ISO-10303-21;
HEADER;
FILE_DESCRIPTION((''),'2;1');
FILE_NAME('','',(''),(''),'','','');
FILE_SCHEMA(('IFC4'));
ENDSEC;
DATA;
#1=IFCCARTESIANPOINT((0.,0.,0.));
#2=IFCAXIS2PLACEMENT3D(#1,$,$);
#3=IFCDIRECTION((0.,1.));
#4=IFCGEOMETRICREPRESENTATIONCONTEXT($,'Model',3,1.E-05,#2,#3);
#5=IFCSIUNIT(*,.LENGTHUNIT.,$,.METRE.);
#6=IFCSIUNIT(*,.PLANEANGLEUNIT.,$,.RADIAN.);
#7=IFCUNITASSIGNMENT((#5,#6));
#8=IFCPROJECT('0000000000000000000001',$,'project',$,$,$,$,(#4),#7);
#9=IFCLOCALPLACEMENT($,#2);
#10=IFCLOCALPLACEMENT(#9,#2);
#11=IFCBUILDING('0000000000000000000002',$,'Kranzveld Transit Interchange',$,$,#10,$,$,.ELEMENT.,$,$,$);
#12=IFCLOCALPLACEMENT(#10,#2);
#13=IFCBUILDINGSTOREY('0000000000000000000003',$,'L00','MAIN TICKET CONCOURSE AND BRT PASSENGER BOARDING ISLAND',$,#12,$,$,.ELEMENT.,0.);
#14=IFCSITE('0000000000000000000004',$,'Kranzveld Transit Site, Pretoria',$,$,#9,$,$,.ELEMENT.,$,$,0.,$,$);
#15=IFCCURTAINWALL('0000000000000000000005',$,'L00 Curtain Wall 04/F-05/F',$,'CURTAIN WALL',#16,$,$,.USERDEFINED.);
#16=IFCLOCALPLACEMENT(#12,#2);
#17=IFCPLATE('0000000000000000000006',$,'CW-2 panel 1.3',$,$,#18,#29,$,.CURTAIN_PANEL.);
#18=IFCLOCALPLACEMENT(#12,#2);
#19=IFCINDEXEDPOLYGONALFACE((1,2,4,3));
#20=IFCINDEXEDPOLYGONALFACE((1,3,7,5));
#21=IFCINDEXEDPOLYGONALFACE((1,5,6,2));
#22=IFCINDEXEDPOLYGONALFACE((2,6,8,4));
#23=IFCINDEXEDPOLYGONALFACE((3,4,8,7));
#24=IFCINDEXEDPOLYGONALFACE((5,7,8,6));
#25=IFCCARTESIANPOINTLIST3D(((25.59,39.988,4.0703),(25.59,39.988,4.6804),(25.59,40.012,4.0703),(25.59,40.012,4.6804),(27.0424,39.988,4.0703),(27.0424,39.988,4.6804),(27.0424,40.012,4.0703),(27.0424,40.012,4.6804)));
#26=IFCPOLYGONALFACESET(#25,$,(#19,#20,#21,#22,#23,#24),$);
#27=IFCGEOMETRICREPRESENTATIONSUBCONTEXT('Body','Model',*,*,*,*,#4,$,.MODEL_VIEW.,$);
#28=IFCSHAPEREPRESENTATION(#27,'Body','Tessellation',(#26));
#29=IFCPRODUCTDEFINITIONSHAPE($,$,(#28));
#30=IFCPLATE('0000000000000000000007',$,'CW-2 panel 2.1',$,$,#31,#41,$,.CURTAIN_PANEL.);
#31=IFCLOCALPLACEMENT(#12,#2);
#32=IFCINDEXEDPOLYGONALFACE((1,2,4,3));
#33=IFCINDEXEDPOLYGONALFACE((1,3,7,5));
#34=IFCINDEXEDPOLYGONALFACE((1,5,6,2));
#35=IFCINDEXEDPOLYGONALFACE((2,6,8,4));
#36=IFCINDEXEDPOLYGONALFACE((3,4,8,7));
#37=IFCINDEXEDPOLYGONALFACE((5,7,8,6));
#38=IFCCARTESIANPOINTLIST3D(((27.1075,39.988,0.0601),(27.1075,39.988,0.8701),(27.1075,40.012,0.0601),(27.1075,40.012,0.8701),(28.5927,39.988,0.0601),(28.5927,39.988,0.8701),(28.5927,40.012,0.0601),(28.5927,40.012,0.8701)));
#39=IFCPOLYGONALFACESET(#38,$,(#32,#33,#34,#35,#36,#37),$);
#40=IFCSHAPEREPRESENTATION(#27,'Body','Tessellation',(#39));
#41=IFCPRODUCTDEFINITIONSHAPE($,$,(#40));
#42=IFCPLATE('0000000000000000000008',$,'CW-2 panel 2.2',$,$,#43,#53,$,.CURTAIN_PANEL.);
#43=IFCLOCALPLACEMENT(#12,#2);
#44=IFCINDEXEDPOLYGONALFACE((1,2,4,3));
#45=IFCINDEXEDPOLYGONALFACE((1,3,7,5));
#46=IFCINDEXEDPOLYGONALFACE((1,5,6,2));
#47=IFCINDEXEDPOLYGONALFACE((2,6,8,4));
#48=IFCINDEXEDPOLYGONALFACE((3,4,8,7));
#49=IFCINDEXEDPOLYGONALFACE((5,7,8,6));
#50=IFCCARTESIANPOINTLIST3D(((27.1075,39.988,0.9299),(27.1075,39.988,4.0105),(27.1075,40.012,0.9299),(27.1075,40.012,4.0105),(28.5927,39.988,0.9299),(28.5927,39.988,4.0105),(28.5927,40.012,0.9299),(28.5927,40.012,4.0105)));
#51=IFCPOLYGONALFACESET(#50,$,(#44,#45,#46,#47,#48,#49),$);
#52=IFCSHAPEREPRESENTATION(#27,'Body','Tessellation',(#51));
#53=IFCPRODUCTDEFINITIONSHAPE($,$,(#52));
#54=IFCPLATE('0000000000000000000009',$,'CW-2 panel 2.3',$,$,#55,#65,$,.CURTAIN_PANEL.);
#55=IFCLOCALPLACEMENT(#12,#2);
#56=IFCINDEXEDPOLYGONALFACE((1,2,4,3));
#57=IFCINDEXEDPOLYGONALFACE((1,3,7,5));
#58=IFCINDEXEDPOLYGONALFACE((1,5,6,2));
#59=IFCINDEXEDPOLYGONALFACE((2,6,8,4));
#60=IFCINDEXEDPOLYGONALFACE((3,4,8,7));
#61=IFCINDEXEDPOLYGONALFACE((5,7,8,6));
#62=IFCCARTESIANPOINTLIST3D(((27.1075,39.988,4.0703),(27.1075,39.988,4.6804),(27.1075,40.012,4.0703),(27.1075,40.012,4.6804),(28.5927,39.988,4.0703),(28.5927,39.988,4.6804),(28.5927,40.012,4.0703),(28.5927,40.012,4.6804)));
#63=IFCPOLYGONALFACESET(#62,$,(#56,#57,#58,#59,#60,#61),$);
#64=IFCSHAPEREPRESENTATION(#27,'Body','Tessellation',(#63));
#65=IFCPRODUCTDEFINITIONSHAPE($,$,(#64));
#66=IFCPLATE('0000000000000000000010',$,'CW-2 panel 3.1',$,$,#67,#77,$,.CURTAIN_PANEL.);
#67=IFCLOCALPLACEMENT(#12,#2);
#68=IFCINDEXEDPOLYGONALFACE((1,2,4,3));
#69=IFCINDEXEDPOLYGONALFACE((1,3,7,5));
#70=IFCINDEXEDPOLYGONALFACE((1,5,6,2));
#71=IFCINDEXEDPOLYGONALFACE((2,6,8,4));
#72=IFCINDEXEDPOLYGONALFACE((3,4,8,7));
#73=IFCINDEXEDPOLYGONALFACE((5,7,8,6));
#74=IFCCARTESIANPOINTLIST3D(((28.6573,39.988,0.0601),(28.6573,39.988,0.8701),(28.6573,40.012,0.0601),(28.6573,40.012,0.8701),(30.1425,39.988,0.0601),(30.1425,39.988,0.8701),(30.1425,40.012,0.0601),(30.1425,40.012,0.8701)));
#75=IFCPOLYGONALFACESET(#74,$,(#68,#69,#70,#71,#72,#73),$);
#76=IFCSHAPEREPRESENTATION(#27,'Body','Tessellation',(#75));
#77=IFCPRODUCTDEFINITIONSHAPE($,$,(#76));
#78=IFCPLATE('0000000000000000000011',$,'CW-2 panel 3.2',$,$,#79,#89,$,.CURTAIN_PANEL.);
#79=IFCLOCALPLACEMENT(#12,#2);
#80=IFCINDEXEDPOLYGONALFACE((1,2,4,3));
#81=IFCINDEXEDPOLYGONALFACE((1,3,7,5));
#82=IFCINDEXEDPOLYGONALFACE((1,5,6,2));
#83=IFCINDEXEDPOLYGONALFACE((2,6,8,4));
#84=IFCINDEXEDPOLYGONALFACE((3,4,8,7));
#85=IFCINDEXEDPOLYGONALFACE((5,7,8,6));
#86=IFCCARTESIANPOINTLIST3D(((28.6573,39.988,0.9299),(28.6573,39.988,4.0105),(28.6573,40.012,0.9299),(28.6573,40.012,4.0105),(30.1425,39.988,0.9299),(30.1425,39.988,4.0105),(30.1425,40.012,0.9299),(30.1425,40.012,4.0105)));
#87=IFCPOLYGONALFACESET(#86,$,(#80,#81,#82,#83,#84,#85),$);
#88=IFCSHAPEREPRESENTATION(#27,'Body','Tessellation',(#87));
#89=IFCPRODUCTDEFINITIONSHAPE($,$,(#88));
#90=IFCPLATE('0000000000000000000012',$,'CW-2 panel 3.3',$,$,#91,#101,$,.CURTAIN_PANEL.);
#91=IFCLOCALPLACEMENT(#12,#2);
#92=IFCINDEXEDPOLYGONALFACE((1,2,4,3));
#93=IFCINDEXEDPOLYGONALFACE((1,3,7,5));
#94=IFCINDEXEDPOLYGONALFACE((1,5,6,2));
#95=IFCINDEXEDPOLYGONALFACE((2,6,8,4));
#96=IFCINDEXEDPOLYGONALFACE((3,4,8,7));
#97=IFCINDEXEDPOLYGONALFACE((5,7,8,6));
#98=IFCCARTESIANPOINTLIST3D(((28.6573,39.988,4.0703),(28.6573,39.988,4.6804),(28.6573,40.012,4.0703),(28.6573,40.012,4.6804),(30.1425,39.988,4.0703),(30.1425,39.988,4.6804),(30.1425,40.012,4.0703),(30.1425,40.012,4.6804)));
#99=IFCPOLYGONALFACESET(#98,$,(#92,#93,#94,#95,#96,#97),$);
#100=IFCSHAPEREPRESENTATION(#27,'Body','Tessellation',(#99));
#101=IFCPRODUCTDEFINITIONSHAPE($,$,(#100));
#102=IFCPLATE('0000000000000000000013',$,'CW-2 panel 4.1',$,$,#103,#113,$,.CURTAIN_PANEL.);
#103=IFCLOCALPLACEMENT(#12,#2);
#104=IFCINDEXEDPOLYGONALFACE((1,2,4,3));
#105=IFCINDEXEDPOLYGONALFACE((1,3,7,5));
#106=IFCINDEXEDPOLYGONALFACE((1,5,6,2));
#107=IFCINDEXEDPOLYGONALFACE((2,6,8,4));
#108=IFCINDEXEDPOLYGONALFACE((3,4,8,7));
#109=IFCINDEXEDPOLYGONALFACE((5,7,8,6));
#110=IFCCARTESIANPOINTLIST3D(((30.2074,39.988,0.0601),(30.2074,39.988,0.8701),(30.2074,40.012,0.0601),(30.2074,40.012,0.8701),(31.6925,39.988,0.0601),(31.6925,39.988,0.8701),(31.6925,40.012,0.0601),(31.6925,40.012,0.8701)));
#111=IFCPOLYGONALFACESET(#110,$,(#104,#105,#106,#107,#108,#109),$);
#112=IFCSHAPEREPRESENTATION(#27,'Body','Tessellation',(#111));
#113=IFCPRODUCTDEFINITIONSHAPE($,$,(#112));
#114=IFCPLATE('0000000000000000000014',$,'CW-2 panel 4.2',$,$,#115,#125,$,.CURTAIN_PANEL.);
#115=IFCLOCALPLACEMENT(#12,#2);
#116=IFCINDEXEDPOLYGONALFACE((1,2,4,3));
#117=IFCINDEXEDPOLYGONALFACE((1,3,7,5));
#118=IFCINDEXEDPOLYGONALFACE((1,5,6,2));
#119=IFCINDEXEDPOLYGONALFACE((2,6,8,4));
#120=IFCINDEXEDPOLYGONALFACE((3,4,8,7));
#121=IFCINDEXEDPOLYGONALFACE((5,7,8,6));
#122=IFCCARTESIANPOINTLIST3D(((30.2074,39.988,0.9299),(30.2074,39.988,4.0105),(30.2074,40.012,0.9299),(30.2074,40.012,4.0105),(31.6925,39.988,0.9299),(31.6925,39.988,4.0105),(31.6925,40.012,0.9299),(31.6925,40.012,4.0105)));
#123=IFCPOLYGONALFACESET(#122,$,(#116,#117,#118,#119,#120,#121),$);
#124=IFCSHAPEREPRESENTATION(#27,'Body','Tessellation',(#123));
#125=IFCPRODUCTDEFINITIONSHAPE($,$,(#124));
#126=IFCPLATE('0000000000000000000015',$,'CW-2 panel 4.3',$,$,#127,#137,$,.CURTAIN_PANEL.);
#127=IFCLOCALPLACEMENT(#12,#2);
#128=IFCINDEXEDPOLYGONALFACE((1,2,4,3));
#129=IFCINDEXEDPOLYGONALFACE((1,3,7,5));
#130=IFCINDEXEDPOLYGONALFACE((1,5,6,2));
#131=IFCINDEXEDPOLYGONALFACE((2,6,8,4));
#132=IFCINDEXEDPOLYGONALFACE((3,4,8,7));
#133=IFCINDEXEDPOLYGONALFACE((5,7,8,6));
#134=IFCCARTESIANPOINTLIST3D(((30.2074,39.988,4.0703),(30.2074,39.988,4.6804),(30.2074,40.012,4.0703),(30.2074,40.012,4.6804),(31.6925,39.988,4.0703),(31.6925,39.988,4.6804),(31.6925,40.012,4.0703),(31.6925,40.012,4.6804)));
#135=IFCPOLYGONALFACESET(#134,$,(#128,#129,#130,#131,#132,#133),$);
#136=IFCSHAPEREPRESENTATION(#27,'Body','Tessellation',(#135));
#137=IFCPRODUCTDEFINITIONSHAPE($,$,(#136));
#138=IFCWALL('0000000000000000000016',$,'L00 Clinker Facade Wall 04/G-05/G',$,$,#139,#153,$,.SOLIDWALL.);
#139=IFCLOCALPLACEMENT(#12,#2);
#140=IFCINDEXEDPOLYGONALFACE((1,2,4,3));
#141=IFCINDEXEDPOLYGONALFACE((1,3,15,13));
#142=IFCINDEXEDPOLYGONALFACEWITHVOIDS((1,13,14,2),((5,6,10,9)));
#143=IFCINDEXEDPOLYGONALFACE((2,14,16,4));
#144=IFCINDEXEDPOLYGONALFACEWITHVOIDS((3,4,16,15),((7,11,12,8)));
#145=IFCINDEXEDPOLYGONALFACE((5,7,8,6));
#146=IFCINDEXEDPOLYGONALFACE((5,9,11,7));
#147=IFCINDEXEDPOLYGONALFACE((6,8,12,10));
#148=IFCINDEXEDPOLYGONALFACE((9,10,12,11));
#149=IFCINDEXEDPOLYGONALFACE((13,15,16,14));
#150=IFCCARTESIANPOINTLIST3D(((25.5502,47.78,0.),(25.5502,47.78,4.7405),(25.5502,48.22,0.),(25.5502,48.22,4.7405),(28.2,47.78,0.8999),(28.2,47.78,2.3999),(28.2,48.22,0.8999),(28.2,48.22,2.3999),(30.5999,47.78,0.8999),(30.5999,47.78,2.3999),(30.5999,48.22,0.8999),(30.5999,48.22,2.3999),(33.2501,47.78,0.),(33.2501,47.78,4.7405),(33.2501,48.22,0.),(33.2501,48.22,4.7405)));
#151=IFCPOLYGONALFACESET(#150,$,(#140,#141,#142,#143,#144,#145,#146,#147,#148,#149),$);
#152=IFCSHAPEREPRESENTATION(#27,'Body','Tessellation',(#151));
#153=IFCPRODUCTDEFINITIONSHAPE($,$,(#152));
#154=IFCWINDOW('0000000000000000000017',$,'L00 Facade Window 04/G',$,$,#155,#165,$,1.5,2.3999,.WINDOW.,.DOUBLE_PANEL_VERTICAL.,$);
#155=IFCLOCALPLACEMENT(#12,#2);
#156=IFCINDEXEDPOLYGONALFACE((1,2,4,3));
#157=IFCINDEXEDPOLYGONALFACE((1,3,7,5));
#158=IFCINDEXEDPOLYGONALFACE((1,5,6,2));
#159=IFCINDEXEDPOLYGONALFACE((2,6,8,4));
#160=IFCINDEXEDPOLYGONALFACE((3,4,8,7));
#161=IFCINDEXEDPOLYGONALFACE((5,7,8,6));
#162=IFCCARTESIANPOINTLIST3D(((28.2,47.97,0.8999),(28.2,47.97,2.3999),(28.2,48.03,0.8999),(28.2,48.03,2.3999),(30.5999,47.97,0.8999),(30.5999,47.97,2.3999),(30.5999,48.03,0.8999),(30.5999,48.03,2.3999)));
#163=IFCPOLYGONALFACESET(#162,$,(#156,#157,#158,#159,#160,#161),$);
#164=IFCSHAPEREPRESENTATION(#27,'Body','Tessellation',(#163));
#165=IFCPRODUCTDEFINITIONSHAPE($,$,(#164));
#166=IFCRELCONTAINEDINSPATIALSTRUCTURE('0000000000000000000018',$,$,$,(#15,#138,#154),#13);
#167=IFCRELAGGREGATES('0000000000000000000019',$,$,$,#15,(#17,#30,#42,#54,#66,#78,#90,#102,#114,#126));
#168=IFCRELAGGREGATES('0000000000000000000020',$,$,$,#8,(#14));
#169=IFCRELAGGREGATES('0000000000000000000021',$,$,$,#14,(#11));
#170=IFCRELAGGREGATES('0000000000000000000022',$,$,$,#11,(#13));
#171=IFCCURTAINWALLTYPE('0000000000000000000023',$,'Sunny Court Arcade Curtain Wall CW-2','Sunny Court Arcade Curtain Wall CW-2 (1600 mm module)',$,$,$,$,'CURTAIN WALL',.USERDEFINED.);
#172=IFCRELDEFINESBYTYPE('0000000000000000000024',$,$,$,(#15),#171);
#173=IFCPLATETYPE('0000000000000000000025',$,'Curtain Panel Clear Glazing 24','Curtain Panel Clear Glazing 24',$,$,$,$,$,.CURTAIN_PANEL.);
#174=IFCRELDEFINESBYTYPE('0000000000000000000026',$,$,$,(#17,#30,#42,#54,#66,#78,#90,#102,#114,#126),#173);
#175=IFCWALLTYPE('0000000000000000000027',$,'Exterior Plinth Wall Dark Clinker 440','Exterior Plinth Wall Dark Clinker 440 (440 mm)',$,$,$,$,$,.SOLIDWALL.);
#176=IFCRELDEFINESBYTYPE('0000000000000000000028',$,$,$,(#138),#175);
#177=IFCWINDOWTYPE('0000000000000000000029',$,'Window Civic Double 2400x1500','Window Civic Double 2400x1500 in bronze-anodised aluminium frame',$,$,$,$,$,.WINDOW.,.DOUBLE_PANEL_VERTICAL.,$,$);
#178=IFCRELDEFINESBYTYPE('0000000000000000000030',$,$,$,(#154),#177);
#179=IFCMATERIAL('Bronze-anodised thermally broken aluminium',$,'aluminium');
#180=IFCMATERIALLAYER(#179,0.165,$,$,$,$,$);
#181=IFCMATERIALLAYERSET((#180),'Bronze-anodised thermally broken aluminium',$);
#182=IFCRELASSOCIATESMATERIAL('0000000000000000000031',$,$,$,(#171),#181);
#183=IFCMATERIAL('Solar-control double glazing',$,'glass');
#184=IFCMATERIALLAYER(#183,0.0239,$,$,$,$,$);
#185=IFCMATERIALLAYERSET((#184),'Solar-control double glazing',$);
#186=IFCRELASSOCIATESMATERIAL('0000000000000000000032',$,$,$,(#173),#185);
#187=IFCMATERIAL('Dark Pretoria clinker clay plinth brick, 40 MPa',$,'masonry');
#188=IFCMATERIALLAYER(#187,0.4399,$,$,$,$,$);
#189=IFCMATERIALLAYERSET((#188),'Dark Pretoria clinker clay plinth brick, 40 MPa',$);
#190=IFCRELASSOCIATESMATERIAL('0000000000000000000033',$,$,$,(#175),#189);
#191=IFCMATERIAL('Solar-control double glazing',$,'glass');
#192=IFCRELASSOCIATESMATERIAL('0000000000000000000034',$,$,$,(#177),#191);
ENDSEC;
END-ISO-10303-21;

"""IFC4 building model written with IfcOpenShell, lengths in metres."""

from ifc_helpers import new_model, si_unit, direction, frame, frame_2d, origin, origin_2d, place, context, subcontext, project, spatial, rectangle, extrude, material, layer, layer_set, type_object, element, fill, aggregate, save


model = new_model("IFC4")

# Units and contexts
model_context = context("Model", 3, precision=1e-05, world=origin(), true_north=direction((0.0, 1.0)))
body_context = subcontext(model_context, "Body", "Model", "MODEL_VIEW")
ifc_project = project(units=[si_unit("LENGTHUNIT", "METRE"), si_unit("PLANEANGLEUNIT", "RADIAN")], contexts=[model_context])

# Site, building, storey
site_placement = place(None, origin())
site = spatial("IfcSite", under=ifc_project, at=site_placement, Name="Kranzveld Transit Site, Pretoria", CompositionType="ELEMENT", RefElevation=0.0)
building_placement = place(site_placement, origin())
building = spatial("IfcBuilding", under=site, at=building_placement, Name="Kranzveld Transit Interchange", CompositionType="ELEMENT")
storey_placement = place(building_placement, origin())
storey = spatial("IfcBuildingStorey", under=building, at=storey_placement, Name="L00", Description="MAIN TICKET CONCOURSE AND BRT PASSENGER BOARDING ISLAND", CompositionType="ELEMENT", Elevation=0.0)

# Curtain wall
ifc_material_1 = material(Name="Bronze-anodised thermally broken aluminium", Category="aluminium")
ifc_layer_1 = layer(ifc_material_1, 0.165)
ifc_layer_set_1 = layer_set([ifc_layer_1], Name="Bronze-anodised thermally broken aluminium")
curtain_wall_type = type_object("IfcCurtainWallType", Name="Sunny Court Arcade Curtain Wall CW-2", Description="Sunny Court Arcade Curtain Wall CW-2 (1600 mm module)", ElementType="CURTAIN WALL", PredefinedType="USERDEFINED", material=ifc_layer_set_1)
curtain_wall_placement = place(storey_placement, origin())
curtain_wall = element("IfcCurtainWall", 1, at=curtain_wall_placement, inside=storey, type_object=curtain_wall_type, Name="L00 Curtain Wall 04/F-05/F", ObjectType="CURTAIN WALL", PredefinedType="USERDEFINED")

# Plates
ifc_material_2 = material(Name="Solar-control double glazing", Category="glass")
ifc_layer_2 = layer(ifc_material_2, 0.0239)
ifc_layer_set_2 = layer_set([ifc_layer_2], Name="Solar-control double glazing")
plate_type = type_object("IfcPlateType", Name="Curtain Panel Clear Glazing 24", Description="Curtain Panel Clear Glazing 24", PredefinedType="CURTAIN_PANEL", material=ifc_layer_set_2)
plate_1_placement = place(storey_placement, frame((26.3162, 40.0, 4.0703), z_axis=(0.0, 0.0, 1.0), x_axis=(1.0, 0.0, 0.0)))
plate_1 = element("IfcPlate", 2, at=plate_1_placement, type_object=plate_type, Name="CW-2 panel 1.3", PredefinedType="CURTAIN_PANEL", context=body_context, shape_type="SweptSolid", body=[
    extrude(rectangle(XDim=1.4524, YDim=0.0239, at=origin_2d()), origin(), (0.0, 0.0, 1.0), 0.6101),
])
plate_2_placement = place(storey_placement, frame((27.8501, 40.0, 0.0601), z_axis=(0.0, 0.0, 1.0), x_axis=(1.0, 0.0, 0.0)))
plate_2 = element("IfcPlate", 3, at=plate_2_placement, type_object=plate_type, Name="CW-2 panel 2.1", PredefinedType="CURTAIN_PANEL", context=body_context, shape_type="SweptSolid", body=[
    extrude(rectangle(XDim=1.4851, YDim=0.0239, at=origin_2d()), origin(), (0.0, 0.0, 1.0), 0.8101),
])
plate_3_placement = place(storey_placement, frame((27.8501, 40.0, 0.9299), z_axis=(0.0, 0.0, 1.0), x_axis=(1.0, 0.0, 0.0)))
plate_3 = element("IfcPlate", 4, at=plate_3_placement, type_object=plate_type, Name="CW-2 panel 2.2", PredefinedType="CURTAIN_PANEL", context=body_context, shape_type="SweptSolid", body=[
    extrude(rectangle(XDim=1.4851, YDim=0.0239, at=origin_2d()), origin(), (0.0, 0.0, 1.0), 3.0806),
])
plate_4_placement = place(storey_placement, frame((27.8501, 40.0, 4.0703), z_axis=(0.0, 0.0, 1.0), x_axis=(1.0, 0.0, 0.0)))
plate_4 = element("IfcPlate", 5, at=plate_4_placement, type_object=plate_type, Name="CW-2 panel 2.3", PredefinedType="CURTAIN_PANEL", context=body_context, shape_type="SweptSolid", body=[
    extrude(rectangle(XDim=1.4851, YDim=0.0239, at=origin_2d()), origin(), (0.0, 0.0, 1.0), 0.6101),
])
plate_5_placement = place(storey_placement, frame((29.3999, 40.0, 0.0601), z_axis=(0.0, 0.0, 1.0), x_axis=(1.0, 0.0, 0.0)))
plate_5 = element("IfcPlate", 6, at=plate_5_placement, type_object=plate_type, Name="CW-2 panel 3.1", PredefinedType="CURTAIN_PANEL", context=body_context, shape_type="SweptSolid", body=[
    extrude(rectangle(XDim=1.4851, YDim=0.0239, at=origin_2d()), origin(), (0.0, 0.0, 1.0), 0.8101),
])
plate_6_placement = place(storey_placement, frame((29.3999, 40.0, 0.9299), z_axis=(0.0, 0.0, 1.0), x_axis=(1.0, 0.0, 0.0)))
plate_6 = element("IfcPlate", 7, at=plate_6_placement, type_object=plate_type, Name="CW-2 panel 3.2", PredefinedType="CURTAIN_PANEL", context=body_context, shape_type="SweptSolid", body=[
    extrude(rectangle(XDim=1.4851, YDim=0.0239, at=origin_2d()), origin(), (0.0, 0.0, 1.0), 3.0806),
])
plate_7_placement = place(storey_placement, frame((29.3999, 40.0, 4.0703), z_axis=(0.0, 0.0, 1.0), x_axis=(1.0, 0.0, 0.0)))
plate_7 = element("IfcPlate", 8, at=plate_7_placement, type_object=plate_type, Name="CW-2 panel 3.3", PredefinedType="CURTAIN_PANEL", context=body_context, shape_type="SweptSolid", body=[
    extrude(rectangle(XDim=1.4851, YDim=0.0239, at=origin_2d()), origin(), (0.0, 0.0, 1.0), 0.6101),
])
plate_8_placement = place(storey_placement, frame((30.95, 40.0, 0.0601), z_axis=(0.0, 0.0, 1.0), x_axis=(1.0, 0.0, 0.0)))
plate_8 = element("IfcPlate", 9, at=plate_8_placement, type_object=plate_type, Name="CW-2 panel 4.1", PredefinedType="CURTAIN_PANEL", context=body_context, shape_type="SweptSolid", body=[
    extrude(rectangle(XDim=1.4851, YDim=0.0239, at=origin_2d()), origin(), (0.0, 0.0, 1.0), 0.8101),
])
plate_9_placement = place(storey_placement, frame((30.95, 40.0, 0.9299), z_axis=(0.0, 0.0, 1.0), x_axis=(1.0, 0.0, 0.0)))
plate_9 = element("IfcPlate", 10, at=plate_9_placement, type_object=plate_type, Name="CW-2 panel 4.2", PredefinedType="CURTAIN_PANEL", context=body_context, shape_type="SweptSolid", body=[
    extrude(rectangle(XDim=1.4851, YDim=0.0239, at=origin_2d()), origin(), (0.0, 0.0, 1.0), 3.0806),
])
plate_10_placement = place(storey_placement, frame((30.95, 40.0, 4.0703), z_axis=(0.0, 0.0, 1.0), x_axis=(1.0, 0.0, 0.0)))
plate_10 = element("IfcPlate", 11, at=plate_10_placement, type_object=plate_type, Name="CW-2 panel 4.3", PredefinedType="CURTAIN_PANEL", context=body_context, shape_type="SweptSolid", body=[
    extrude(rectangle(XDim=1.4851, YDim=0.0239, at=origin_2d()), origin(), (0.0, 0.0, 1.0), 0.6101),
])
aggregate(curtain_wall, [plate_1, plate_2, plate_3, plate_4, plate_5, plate_6, plate_7, plate_8, plate_9, plate_10])

# Wall, opening, window
ifc_material_3 = material(Name="Dark Pretoria clinker clay plinth brick, 40 MPa", Category="masonry")
ifc_layer_3 = layer(ifc_material_3, 0.4399)
ifc_layer_set_3 = layer_set([ifc_layer_3], Name="Dark Pretoria clinker clay plinth brick, 40 MPa")
wall_type = type_object("IfcWallType", Name="Exterior Plinth Wall Dark Clinker 440", Description="Exterior Plinth Wall Dark Clinker 440 (440 mm)", PredefinedType="SOLIDWALL", material=ifc_layer_set_3)
wall_placement = place(storey_placement, frame((25.55, 48.0, 0.0), z_axis=(0.0, 0.0, 1.0), x_axis=(1.0, 0.0, 0.0)))
wall = element("IfcWall", 12, at=wall_placement, inside=storey, type_object=wall_type, Name="L00 Clinker Facade Wall 04/G-05/G", PredefinedType="SOLIDWALL", context=body_context, shape_type="SweptSolid", body=[
    extrude(rectangle(XDim=7.7, YDim=0.4399, at=frame_2d((3.8501, 0.0))), origin(), (0.0, 0.0, 1.0), 4.7405),
])
opening_placement = place(wall_placement, frame((2.6499, 0.0, 0.8999), z_axis=(0.0, 0.0, 1.0), x_axis=(1.0, 0.0, 0.0)))
opening = element("IfcOpeningElement", 13, at=opening_placement, cuts=wall, PredefinedType="OPENING", context=body_context, shape_type="SweptSolid", body=[
    extrude(rectangle(XDim=2.3999, YDim=1.5, at=frame_2d((1.2, 0.75))), frame((0.0, 0.23, 0.0), z_axis=(0.0, -1.0, 0.0), x_axis=(1.0, 0.0, 0.0)), (0.0, 0.0, 1.0), 0.46),
])
ifc_material_4 = material(Name="Solar-control double glazing", Category="glass")
window_type = type_object("IfcWindowType", Name="Window Civic Double 2400x1500", Description="Window Civic Double 2400x1500 in bronze-anodised aluminium frame", PartitioningType="DOUBLE_PANEL_VERTICAL", PredefinedType="WINDOW", material=ifc_material_4)
window_placement = place(opening_placement, origin())
window = element("IfcWindow", 14, at=window_placement, inside=storey, type_object=window_type, Name="L00 Facade Window 04/G", OverallHeight=1.5, OverallWidth=2.3999, PartitioningType="DOUBLE_PANEL_VERTICAL", PredefinedType="WINDOW", context=body_context, shape_type="SweptSolid", body=[
    extrude(rectangle(XDim=2.3999, YDim=1.5, at=frame_2d((1.2, 0.75))), frame((0.0, 0.03, 0.0), z_axis=(0.0, -1.0, 0.0), x_axis=(1.0, 0.0, 0.0)), (0.0, 0.0, 1.0), 0.0601),
])
fill(opening, window)

save(model, "model.ifc")
